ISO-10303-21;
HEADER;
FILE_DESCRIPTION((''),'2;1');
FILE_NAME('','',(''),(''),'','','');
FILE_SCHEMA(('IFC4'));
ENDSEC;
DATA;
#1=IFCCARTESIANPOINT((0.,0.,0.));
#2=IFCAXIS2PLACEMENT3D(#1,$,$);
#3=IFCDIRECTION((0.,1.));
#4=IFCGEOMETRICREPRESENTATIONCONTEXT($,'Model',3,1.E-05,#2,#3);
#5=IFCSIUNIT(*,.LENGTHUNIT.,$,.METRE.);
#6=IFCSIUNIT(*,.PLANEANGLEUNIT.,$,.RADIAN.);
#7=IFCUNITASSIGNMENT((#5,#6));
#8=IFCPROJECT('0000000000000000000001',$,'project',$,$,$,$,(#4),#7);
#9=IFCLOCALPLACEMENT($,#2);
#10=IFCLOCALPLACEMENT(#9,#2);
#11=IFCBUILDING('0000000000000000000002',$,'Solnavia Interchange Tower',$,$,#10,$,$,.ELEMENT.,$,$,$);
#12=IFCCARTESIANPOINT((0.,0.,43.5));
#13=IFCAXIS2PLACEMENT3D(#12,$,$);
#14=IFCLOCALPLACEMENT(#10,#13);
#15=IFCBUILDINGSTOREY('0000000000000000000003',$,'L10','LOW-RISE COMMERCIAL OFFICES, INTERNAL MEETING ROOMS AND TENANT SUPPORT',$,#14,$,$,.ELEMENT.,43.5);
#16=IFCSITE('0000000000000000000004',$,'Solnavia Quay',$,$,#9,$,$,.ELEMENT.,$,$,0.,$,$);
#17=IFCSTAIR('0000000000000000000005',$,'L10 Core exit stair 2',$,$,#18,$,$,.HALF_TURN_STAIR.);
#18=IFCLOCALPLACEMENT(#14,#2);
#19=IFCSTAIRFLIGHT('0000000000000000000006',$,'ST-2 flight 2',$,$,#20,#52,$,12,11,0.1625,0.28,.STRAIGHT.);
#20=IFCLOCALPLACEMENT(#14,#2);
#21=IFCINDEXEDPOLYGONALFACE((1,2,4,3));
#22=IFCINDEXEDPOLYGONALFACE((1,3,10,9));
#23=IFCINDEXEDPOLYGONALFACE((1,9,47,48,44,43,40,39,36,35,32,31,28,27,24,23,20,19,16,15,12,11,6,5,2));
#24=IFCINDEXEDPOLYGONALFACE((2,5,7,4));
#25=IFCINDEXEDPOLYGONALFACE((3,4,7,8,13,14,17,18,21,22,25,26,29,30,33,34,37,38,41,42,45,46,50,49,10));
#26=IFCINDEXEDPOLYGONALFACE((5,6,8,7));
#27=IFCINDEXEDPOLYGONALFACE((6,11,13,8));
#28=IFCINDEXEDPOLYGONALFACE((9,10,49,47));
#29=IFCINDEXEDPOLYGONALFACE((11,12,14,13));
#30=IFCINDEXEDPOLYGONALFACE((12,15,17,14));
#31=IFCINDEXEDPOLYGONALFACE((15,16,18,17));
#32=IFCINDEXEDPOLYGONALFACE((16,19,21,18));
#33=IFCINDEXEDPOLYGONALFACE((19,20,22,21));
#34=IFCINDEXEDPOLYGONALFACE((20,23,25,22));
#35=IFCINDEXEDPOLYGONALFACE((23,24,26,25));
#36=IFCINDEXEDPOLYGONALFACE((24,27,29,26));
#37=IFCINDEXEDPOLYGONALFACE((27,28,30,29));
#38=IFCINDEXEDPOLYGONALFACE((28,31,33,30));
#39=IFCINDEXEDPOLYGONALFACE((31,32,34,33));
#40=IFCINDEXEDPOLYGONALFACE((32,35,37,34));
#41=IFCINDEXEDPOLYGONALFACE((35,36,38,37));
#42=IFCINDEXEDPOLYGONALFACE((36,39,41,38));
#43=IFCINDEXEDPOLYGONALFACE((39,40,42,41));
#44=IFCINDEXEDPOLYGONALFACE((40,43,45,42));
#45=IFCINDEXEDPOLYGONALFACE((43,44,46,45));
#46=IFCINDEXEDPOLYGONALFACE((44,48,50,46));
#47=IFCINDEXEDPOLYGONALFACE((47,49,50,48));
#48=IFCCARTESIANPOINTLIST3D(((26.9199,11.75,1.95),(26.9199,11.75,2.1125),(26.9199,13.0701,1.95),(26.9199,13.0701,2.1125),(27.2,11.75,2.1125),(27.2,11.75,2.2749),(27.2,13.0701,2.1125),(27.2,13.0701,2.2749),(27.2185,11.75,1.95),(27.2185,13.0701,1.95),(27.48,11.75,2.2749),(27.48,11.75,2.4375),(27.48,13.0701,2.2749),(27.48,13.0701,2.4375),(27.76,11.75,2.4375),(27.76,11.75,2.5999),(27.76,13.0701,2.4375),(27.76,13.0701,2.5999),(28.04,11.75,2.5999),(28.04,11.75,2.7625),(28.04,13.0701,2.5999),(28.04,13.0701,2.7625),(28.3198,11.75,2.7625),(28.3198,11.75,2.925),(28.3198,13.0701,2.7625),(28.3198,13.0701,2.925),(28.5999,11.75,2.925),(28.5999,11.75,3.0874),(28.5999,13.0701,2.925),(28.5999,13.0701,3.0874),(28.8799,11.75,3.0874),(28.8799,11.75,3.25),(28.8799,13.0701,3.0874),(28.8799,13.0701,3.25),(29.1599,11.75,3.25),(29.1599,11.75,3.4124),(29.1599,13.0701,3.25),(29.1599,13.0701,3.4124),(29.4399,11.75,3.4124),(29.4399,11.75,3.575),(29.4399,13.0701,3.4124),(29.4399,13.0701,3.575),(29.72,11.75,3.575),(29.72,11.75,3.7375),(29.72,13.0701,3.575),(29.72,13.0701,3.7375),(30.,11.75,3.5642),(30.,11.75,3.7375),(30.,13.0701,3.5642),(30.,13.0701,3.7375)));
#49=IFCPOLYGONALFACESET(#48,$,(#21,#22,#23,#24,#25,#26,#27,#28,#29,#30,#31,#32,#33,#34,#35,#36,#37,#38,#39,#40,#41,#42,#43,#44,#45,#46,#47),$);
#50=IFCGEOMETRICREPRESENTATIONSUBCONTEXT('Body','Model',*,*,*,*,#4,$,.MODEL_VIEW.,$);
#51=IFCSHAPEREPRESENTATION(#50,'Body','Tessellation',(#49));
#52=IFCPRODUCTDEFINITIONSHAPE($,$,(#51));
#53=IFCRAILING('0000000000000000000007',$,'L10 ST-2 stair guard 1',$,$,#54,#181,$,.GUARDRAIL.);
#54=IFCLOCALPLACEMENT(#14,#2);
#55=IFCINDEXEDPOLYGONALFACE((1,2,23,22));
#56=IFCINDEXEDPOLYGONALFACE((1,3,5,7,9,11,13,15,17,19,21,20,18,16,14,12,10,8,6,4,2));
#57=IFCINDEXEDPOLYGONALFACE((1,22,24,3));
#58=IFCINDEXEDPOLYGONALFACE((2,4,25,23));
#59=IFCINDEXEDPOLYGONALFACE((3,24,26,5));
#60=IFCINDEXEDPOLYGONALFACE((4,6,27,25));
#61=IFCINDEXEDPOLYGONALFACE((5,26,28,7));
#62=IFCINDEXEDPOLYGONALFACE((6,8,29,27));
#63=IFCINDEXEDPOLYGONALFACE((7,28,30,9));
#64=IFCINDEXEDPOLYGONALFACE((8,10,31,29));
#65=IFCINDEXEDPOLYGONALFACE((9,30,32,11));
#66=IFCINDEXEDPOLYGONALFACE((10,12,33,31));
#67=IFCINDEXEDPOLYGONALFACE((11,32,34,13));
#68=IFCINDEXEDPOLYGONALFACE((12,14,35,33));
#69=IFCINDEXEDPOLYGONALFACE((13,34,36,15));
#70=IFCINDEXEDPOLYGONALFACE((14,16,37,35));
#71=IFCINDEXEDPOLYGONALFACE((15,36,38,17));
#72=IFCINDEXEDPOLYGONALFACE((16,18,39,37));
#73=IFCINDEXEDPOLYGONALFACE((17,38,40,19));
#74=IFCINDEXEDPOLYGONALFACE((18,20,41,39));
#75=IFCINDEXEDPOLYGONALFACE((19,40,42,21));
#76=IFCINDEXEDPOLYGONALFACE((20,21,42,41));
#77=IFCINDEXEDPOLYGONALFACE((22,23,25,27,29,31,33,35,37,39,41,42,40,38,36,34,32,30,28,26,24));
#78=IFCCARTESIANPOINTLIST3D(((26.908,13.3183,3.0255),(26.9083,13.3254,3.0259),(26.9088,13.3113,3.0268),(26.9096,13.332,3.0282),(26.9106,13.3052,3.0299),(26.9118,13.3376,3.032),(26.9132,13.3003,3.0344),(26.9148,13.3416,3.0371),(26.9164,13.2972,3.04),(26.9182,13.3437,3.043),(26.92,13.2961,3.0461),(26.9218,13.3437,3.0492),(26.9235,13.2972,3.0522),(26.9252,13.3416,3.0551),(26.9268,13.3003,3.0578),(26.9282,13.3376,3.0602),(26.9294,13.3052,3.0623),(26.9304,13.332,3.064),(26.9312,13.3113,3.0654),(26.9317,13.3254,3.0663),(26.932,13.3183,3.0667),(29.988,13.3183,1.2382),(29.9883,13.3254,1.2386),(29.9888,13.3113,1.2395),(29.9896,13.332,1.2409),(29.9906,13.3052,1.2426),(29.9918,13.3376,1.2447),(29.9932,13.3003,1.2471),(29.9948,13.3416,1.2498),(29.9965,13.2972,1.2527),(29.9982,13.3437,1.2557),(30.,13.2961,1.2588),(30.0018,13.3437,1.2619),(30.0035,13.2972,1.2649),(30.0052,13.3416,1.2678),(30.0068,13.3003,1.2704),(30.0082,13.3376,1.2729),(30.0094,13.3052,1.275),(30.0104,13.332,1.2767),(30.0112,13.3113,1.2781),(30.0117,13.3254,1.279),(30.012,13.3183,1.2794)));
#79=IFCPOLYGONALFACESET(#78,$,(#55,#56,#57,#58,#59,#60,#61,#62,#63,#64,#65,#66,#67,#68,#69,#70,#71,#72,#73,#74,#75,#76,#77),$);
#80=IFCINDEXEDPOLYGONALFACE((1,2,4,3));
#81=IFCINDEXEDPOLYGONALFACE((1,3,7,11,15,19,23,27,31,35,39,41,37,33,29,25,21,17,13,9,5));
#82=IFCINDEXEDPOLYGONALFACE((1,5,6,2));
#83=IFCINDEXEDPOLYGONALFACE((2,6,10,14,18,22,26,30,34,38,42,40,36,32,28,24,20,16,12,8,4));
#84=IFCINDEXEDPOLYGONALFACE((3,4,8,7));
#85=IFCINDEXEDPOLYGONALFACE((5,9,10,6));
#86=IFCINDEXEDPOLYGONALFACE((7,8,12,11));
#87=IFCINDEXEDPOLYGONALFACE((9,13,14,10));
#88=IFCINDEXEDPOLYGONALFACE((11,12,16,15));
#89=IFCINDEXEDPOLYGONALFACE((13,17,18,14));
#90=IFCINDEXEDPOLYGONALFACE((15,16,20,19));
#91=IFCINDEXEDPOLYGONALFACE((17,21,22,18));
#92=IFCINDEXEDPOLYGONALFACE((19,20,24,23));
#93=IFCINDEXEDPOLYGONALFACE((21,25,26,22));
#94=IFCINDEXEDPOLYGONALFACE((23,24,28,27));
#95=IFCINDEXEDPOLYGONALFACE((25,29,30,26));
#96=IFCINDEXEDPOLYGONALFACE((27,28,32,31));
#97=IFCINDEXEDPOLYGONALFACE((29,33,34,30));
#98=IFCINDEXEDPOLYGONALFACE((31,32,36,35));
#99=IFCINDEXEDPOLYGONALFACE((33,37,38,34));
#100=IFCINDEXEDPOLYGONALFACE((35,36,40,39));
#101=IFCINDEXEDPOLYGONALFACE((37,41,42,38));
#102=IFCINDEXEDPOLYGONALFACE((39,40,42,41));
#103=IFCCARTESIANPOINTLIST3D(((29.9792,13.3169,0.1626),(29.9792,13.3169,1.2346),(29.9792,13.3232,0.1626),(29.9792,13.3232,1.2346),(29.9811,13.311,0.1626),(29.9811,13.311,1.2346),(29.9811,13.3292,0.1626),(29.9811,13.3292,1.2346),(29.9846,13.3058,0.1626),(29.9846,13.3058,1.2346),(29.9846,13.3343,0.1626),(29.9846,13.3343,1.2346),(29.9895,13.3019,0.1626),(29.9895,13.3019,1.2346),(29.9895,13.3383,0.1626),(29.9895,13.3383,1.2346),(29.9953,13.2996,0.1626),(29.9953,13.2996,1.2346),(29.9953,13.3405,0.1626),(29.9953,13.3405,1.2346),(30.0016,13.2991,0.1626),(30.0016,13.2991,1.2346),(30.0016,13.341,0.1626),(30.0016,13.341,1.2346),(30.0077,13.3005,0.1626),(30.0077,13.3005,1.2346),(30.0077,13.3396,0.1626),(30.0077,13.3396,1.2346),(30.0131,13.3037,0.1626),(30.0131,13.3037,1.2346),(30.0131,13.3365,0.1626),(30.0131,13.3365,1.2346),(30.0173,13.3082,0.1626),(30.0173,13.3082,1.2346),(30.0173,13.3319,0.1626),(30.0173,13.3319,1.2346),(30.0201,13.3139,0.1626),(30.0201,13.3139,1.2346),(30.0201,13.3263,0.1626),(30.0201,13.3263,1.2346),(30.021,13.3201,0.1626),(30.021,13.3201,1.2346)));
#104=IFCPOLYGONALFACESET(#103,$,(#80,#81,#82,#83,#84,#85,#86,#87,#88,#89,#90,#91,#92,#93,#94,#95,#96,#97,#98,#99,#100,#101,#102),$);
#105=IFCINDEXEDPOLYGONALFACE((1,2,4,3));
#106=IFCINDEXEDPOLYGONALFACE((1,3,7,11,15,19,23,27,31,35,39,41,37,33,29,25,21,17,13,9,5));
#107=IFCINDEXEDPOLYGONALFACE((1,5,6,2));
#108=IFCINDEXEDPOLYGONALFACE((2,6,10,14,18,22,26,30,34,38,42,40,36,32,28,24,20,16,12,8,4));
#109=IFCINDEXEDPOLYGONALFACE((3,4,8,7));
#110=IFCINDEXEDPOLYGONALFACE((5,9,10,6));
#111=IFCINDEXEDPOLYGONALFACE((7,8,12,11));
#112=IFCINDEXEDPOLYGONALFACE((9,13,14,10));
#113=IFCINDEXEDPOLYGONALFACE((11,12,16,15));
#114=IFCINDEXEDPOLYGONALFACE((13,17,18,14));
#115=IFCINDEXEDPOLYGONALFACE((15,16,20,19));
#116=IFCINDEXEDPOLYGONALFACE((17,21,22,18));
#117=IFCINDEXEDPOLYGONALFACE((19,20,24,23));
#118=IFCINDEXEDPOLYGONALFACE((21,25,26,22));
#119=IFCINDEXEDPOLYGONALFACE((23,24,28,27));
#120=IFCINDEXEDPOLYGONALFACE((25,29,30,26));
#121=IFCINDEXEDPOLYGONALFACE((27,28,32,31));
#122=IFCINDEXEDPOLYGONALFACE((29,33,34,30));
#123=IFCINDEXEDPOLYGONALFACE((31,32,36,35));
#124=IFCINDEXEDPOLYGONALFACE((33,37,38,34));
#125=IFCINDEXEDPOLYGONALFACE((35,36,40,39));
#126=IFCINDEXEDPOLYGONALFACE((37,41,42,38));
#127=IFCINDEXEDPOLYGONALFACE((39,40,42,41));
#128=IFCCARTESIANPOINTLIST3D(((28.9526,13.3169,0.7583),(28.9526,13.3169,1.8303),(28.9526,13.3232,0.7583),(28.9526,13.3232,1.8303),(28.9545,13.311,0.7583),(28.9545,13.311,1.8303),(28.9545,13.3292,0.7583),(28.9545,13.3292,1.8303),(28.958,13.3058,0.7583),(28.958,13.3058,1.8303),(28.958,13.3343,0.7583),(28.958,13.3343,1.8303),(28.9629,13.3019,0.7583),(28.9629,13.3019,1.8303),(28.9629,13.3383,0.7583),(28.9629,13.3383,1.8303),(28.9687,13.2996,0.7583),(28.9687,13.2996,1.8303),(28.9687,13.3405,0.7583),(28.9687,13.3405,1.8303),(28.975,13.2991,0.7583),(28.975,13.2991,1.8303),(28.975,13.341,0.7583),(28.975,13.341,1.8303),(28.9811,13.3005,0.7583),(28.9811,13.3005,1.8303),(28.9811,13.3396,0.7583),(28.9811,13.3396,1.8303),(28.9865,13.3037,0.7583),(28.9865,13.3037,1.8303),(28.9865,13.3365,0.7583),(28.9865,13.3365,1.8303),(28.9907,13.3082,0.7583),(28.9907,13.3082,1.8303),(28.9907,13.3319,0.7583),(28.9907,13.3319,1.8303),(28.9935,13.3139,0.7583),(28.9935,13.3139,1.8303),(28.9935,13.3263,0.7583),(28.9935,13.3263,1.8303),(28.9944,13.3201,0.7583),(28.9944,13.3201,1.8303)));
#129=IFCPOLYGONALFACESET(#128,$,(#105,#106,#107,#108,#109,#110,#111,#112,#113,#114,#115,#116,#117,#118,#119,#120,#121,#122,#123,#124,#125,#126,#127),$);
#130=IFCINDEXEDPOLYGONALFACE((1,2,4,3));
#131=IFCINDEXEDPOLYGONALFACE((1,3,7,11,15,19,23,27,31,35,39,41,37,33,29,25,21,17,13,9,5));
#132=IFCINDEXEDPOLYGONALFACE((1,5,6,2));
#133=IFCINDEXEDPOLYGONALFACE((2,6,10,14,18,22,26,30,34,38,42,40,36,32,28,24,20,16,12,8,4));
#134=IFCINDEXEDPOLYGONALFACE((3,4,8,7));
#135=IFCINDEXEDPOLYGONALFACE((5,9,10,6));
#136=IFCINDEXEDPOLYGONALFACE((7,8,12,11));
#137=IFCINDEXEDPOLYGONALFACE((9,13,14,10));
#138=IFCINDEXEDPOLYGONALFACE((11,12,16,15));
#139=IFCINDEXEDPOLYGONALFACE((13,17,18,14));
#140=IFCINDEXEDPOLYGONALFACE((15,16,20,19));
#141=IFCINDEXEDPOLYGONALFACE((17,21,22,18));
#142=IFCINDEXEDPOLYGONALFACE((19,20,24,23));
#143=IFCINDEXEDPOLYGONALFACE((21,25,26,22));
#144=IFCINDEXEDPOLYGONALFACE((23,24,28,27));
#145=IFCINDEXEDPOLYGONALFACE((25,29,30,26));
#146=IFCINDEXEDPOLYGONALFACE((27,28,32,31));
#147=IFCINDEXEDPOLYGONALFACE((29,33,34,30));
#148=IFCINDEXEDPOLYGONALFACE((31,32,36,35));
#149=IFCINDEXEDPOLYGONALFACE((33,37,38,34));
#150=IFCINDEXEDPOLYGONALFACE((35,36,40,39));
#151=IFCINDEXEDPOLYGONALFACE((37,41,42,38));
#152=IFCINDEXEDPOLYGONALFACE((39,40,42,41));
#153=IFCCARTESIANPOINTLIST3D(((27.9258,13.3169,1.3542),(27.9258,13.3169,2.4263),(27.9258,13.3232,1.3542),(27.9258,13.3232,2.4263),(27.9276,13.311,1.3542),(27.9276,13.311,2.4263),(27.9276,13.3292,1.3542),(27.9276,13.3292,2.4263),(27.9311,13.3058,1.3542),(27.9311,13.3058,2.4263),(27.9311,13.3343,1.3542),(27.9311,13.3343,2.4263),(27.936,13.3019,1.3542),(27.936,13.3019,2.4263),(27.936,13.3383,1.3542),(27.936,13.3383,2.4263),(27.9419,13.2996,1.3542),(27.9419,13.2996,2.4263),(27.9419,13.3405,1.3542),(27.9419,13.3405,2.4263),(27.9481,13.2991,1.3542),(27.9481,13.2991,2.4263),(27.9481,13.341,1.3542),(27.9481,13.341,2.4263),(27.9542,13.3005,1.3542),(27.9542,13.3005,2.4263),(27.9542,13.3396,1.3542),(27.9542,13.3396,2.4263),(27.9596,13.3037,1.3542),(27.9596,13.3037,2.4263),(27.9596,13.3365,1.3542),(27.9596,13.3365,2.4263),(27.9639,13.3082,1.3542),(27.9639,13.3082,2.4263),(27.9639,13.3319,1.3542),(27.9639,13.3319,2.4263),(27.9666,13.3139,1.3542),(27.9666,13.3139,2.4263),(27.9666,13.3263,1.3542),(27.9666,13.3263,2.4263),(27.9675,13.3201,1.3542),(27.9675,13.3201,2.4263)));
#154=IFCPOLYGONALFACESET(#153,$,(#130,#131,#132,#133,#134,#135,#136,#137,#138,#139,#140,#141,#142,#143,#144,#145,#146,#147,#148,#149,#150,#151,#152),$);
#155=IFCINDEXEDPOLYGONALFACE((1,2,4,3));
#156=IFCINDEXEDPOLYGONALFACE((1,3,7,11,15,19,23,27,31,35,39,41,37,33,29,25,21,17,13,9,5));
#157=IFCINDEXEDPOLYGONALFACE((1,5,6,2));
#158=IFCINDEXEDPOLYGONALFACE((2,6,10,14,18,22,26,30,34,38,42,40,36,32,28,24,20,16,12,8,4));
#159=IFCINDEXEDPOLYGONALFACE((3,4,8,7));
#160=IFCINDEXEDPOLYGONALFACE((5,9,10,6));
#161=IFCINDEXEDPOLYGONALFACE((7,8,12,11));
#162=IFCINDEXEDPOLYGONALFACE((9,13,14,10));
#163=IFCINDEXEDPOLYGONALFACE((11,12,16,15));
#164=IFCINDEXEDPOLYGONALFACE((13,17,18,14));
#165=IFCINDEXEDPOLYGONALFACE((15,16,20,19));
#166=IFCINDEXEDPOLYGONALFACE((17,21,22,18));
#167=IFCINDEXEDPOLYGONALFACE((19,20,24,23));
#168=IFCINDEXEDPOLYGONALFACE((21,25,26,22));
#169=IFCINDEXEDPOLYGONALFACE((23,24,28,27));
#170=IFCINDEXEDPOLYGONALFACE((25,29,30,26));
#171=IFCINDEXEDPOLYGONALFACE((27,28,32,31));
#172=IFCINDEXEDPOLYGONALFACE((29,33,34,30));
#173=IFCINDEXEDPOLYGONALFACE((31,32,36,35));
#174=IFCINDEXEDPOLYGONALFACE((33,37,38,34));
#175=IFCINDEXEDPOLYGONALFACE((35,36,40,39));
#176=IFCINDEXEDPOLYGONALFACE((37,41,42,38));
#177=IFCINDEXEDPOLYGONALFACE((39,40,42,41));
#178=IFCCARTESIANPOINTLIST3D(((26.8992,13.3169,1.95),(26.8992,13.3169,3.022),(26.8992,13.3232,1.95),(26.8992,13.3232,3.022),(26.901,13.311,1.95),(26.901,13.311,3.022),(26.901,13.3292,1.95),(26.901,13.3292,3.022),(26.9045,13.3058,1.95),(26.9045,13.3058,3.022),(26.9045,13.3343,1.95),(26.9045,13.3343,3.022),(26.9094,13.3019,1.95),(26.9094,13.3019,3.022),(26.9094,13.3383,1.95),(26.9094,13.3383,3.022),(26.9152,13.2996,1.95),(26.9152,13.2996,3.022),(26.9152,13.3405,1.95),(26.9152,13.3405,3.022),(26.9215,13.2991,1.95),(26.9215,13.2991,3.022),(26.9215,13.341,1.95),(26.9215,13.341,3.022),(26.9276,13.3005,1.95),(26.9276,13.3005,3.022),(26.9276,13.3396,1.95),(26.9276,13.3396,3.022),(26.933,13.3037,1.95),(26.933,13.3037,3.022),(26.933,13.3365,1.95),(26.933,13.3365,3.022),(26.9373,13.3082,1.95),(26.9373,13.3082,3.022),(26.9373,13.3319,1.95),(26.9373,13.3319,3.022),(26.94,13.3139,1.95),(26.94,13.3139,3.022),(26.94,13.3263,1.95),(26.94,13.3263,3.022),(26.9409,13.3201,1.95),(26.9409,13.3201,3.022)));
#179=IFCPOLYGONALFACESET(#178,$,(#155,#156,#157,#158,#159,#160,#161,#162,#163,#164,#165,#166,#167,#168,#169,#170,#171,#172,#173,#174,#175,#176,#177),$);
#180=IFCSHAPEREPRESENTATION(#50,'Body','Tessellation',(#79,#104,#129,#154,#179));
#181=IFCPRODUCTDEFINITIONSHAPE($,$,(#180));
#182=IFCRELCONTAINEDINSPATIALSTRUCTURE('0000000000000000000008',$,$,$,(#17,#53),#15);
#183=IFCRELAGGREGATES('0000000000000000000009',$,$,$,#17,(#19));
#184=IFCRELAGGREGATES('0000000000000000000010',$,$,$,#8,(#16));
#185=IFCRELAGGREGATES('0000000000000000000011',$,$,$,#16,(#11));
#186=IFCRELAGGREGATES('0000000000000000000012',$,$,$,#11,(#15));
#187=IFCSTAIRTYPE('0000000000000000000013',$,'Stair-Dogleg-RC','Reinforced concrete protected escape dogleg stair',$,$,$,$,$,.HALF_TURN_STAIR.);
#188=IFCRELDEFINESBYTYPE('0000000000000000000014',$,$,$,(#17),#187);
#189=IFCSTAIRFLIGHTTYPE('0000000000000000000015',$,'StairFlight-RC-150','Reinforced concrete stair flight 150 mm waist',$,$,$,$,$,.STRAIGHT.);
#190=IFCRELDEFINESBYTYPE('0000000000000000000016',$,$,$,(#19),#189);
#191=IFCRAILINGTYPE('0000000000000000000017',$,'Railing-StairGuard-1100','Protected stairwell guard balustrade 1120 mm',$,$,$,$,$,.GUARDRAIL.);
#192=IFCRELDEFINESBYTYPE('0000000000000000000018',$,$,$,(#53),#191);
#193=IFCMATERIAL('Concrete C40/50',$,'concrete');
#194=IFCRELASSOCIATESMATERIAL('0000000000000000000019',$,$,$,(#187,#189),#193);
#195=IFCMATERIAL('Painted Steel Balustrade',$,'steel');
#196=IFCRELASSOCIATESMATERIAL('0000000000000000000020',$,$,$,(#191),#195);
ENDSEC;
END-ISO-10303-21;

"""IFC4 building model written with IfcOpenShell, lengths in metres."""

from ifc_helpers import new_model, si_unit, direction, frame, origin, origin_2d, place, context, subcontext, project, spatial, polyline, circle, outline, extrude, material, type_object, element, aggregate, save


model = new_model("IFC4")

# Units and contexts
model_context = context("Model", 3, precision=1e-05, world=origin(), true_north=direction((0.0, 1.0)))
body_context = subcontext(model_context, "Body", "Model", "MODEL_VIEW")
ifc_project = project(units=[si_unit("LENGTHUNIT", "METRE"), si_unit("PLANEANGLEUNIT", "RADIAN")], contexts=[model_context])

# Site, building, storey
site_placement = place(None, origin())
site = spatial("IfcSite", under=ifc_project, at=site_placement, Name="Solnavia Quay", CompositionType="ELEMENT", RefElevation=0.0)
building_placement = place(site_placement, origin())
building = spatial("IfcBuilding", under=site, at=building_placement, Name="Solnavia Interchange Tower", CompositionType="ELEMENT")
storey_placement = place(building_placement, frame((0.0, 0.0, 43.5)))
storey = spatial("IfcBuildingStorey", under=building, at=storey_placement, Name="L10", Description="LOW-RISE COMMERCIAL OFFICES, INTERNAL MEETING ROOMS AND TENANT SUPPORT", CompositionType="ELEMENT", Elevation=43.5)

# Shared definitions
ifc_material_1 = material(Name="Concrete C40/50", Category="concrete")

# Stair, stair flight
stair_type = type_object("IfcStairType", Name="Stair-Dogleg-RC", Description="Reinforced concrete protected escape dogleg stair", PredefinedType="HALF_TURN_STAIR", material=ifc_material_1)
stair_placement = place(storey_placement, origin())
stair = element("IfcStair", 1, at=stair_placement, inside=storey, type_object=stair_type, Name="L10 Core exit stair 2", PredefinedType="HALF_TURN_STAIR")
stair_flight_type = type_object("IfcStairFlightType", Name="StairFlight-RC-150", Description="Reinforced concrete stair flight 150 mm waist", PredefinedType="STRAIGHT", material=ifc_material_1)
stair_flight_1_placement = place(storey_placement, frame((26.9199, 12.4099, 1.95), z_axis=(0.0, 0.0, 1.0), x_axis=(1.0, 0.0, 0.0)))
stair_flight_1 = element("IfcStairFlight", 2, at=stair_flight_1_placement, type_object=stair_flight_type, Name="ST-2 flight 2", NumberOfRisers=12, NumberOfTreads=11, PredefinedType="STRAIGHT", RiserHeight=0.1625, TreadLength=0.28, context=body_context, shape_type="SweptSolid", body=[
    extrude(outline(polyline([(0.0, 0.0), (0.0, 0.1626), (0.28, 0.1626), (0.28, 0.325), (0.5601, 0.325), (0.5601, 0.4875), (0.8401, 0.4875), (0.8401, 0.6499), (1.1201, 0.6499), (1.1201, 0.8125), (1.3999, 0.8125), (1.3999, 0.9751), (1.6799, 0.9751), (1.6799, 1.1375), (1.96, 1.1375), (1.96, 1.3), (2.24, 1.3), (2.24, 1.4624), (2.52, 1.4624), (2.52, 1.625), (2.8, 1.625), (2.8, 1.7876), (3.0801, 1.7876), (3.0801, 1.95), (3.0801, 1.6143), (0.2986, 0.0), (0.0, 0.0)])), frame((0.0, 0.6602, 0.0), z_axis=(0.0, -1.0, 0.0), x_axis=(1.0, 0.0, 0.0)), (0.0, 0.0, 1.0), 1.3201),
])
aggregate(stair, [stair_flight_1])

# Railing
ifc_material_2 = material(Name="Painted Steel Balustrade", Category="steel")
railing_type_1 = type_object("IfcRailingType", Name="Railing-StairGuard-1100", Description="Protected stairwell guard balustrade 1120 mm", PredefinedType="GUARDRAIL", material=ifc_material_2)
railing_1_placement = place(storey_placement, frame((30.0, 13.3201, 0.1626)))
element("IfcRailing", 3, at=railing_1_placement, inside=storey, type_object=railing_type_1, Name="L10 ST-2 stair guard 1", PredefinedType="GUARDRAIL", context=body_context, shape_type="SweptSolid", body=[
    extrude(circle(Radius=0.0239, at=origin_2d()), frame((0.0, 0.0, 1.0962), z_axis=(-0.86492, 0.0, 0.501909), x_axis=(0.0, -1.0, 0.0)), (0.0, 0.0, 1.0), 3.561),
    extrude(circle(Radius=0.021, at=origin_2d()), origin(), (0.0, 0.0, 1.0), 1.072),
    extrude(circle(Radius=0.021, at=origin_2d()), frame((-1.0266, 0.0, 0.5957)), (0.0, 0.0, 1.0), 1.072),
    extrude(circle(Radius=0.021, at=origin_2d()), frame((-2.0535, 0.0, 1.1917)), (0.0, 0.0, 1.0), 1.072),
    extrude(circle(Radius=0.021, at=origin_2d()), frame((-3.0801, 0.0, 1.7874)), (0.0, 0.0, 1.0), 1.072),
])

save(model, "model.ifc")
